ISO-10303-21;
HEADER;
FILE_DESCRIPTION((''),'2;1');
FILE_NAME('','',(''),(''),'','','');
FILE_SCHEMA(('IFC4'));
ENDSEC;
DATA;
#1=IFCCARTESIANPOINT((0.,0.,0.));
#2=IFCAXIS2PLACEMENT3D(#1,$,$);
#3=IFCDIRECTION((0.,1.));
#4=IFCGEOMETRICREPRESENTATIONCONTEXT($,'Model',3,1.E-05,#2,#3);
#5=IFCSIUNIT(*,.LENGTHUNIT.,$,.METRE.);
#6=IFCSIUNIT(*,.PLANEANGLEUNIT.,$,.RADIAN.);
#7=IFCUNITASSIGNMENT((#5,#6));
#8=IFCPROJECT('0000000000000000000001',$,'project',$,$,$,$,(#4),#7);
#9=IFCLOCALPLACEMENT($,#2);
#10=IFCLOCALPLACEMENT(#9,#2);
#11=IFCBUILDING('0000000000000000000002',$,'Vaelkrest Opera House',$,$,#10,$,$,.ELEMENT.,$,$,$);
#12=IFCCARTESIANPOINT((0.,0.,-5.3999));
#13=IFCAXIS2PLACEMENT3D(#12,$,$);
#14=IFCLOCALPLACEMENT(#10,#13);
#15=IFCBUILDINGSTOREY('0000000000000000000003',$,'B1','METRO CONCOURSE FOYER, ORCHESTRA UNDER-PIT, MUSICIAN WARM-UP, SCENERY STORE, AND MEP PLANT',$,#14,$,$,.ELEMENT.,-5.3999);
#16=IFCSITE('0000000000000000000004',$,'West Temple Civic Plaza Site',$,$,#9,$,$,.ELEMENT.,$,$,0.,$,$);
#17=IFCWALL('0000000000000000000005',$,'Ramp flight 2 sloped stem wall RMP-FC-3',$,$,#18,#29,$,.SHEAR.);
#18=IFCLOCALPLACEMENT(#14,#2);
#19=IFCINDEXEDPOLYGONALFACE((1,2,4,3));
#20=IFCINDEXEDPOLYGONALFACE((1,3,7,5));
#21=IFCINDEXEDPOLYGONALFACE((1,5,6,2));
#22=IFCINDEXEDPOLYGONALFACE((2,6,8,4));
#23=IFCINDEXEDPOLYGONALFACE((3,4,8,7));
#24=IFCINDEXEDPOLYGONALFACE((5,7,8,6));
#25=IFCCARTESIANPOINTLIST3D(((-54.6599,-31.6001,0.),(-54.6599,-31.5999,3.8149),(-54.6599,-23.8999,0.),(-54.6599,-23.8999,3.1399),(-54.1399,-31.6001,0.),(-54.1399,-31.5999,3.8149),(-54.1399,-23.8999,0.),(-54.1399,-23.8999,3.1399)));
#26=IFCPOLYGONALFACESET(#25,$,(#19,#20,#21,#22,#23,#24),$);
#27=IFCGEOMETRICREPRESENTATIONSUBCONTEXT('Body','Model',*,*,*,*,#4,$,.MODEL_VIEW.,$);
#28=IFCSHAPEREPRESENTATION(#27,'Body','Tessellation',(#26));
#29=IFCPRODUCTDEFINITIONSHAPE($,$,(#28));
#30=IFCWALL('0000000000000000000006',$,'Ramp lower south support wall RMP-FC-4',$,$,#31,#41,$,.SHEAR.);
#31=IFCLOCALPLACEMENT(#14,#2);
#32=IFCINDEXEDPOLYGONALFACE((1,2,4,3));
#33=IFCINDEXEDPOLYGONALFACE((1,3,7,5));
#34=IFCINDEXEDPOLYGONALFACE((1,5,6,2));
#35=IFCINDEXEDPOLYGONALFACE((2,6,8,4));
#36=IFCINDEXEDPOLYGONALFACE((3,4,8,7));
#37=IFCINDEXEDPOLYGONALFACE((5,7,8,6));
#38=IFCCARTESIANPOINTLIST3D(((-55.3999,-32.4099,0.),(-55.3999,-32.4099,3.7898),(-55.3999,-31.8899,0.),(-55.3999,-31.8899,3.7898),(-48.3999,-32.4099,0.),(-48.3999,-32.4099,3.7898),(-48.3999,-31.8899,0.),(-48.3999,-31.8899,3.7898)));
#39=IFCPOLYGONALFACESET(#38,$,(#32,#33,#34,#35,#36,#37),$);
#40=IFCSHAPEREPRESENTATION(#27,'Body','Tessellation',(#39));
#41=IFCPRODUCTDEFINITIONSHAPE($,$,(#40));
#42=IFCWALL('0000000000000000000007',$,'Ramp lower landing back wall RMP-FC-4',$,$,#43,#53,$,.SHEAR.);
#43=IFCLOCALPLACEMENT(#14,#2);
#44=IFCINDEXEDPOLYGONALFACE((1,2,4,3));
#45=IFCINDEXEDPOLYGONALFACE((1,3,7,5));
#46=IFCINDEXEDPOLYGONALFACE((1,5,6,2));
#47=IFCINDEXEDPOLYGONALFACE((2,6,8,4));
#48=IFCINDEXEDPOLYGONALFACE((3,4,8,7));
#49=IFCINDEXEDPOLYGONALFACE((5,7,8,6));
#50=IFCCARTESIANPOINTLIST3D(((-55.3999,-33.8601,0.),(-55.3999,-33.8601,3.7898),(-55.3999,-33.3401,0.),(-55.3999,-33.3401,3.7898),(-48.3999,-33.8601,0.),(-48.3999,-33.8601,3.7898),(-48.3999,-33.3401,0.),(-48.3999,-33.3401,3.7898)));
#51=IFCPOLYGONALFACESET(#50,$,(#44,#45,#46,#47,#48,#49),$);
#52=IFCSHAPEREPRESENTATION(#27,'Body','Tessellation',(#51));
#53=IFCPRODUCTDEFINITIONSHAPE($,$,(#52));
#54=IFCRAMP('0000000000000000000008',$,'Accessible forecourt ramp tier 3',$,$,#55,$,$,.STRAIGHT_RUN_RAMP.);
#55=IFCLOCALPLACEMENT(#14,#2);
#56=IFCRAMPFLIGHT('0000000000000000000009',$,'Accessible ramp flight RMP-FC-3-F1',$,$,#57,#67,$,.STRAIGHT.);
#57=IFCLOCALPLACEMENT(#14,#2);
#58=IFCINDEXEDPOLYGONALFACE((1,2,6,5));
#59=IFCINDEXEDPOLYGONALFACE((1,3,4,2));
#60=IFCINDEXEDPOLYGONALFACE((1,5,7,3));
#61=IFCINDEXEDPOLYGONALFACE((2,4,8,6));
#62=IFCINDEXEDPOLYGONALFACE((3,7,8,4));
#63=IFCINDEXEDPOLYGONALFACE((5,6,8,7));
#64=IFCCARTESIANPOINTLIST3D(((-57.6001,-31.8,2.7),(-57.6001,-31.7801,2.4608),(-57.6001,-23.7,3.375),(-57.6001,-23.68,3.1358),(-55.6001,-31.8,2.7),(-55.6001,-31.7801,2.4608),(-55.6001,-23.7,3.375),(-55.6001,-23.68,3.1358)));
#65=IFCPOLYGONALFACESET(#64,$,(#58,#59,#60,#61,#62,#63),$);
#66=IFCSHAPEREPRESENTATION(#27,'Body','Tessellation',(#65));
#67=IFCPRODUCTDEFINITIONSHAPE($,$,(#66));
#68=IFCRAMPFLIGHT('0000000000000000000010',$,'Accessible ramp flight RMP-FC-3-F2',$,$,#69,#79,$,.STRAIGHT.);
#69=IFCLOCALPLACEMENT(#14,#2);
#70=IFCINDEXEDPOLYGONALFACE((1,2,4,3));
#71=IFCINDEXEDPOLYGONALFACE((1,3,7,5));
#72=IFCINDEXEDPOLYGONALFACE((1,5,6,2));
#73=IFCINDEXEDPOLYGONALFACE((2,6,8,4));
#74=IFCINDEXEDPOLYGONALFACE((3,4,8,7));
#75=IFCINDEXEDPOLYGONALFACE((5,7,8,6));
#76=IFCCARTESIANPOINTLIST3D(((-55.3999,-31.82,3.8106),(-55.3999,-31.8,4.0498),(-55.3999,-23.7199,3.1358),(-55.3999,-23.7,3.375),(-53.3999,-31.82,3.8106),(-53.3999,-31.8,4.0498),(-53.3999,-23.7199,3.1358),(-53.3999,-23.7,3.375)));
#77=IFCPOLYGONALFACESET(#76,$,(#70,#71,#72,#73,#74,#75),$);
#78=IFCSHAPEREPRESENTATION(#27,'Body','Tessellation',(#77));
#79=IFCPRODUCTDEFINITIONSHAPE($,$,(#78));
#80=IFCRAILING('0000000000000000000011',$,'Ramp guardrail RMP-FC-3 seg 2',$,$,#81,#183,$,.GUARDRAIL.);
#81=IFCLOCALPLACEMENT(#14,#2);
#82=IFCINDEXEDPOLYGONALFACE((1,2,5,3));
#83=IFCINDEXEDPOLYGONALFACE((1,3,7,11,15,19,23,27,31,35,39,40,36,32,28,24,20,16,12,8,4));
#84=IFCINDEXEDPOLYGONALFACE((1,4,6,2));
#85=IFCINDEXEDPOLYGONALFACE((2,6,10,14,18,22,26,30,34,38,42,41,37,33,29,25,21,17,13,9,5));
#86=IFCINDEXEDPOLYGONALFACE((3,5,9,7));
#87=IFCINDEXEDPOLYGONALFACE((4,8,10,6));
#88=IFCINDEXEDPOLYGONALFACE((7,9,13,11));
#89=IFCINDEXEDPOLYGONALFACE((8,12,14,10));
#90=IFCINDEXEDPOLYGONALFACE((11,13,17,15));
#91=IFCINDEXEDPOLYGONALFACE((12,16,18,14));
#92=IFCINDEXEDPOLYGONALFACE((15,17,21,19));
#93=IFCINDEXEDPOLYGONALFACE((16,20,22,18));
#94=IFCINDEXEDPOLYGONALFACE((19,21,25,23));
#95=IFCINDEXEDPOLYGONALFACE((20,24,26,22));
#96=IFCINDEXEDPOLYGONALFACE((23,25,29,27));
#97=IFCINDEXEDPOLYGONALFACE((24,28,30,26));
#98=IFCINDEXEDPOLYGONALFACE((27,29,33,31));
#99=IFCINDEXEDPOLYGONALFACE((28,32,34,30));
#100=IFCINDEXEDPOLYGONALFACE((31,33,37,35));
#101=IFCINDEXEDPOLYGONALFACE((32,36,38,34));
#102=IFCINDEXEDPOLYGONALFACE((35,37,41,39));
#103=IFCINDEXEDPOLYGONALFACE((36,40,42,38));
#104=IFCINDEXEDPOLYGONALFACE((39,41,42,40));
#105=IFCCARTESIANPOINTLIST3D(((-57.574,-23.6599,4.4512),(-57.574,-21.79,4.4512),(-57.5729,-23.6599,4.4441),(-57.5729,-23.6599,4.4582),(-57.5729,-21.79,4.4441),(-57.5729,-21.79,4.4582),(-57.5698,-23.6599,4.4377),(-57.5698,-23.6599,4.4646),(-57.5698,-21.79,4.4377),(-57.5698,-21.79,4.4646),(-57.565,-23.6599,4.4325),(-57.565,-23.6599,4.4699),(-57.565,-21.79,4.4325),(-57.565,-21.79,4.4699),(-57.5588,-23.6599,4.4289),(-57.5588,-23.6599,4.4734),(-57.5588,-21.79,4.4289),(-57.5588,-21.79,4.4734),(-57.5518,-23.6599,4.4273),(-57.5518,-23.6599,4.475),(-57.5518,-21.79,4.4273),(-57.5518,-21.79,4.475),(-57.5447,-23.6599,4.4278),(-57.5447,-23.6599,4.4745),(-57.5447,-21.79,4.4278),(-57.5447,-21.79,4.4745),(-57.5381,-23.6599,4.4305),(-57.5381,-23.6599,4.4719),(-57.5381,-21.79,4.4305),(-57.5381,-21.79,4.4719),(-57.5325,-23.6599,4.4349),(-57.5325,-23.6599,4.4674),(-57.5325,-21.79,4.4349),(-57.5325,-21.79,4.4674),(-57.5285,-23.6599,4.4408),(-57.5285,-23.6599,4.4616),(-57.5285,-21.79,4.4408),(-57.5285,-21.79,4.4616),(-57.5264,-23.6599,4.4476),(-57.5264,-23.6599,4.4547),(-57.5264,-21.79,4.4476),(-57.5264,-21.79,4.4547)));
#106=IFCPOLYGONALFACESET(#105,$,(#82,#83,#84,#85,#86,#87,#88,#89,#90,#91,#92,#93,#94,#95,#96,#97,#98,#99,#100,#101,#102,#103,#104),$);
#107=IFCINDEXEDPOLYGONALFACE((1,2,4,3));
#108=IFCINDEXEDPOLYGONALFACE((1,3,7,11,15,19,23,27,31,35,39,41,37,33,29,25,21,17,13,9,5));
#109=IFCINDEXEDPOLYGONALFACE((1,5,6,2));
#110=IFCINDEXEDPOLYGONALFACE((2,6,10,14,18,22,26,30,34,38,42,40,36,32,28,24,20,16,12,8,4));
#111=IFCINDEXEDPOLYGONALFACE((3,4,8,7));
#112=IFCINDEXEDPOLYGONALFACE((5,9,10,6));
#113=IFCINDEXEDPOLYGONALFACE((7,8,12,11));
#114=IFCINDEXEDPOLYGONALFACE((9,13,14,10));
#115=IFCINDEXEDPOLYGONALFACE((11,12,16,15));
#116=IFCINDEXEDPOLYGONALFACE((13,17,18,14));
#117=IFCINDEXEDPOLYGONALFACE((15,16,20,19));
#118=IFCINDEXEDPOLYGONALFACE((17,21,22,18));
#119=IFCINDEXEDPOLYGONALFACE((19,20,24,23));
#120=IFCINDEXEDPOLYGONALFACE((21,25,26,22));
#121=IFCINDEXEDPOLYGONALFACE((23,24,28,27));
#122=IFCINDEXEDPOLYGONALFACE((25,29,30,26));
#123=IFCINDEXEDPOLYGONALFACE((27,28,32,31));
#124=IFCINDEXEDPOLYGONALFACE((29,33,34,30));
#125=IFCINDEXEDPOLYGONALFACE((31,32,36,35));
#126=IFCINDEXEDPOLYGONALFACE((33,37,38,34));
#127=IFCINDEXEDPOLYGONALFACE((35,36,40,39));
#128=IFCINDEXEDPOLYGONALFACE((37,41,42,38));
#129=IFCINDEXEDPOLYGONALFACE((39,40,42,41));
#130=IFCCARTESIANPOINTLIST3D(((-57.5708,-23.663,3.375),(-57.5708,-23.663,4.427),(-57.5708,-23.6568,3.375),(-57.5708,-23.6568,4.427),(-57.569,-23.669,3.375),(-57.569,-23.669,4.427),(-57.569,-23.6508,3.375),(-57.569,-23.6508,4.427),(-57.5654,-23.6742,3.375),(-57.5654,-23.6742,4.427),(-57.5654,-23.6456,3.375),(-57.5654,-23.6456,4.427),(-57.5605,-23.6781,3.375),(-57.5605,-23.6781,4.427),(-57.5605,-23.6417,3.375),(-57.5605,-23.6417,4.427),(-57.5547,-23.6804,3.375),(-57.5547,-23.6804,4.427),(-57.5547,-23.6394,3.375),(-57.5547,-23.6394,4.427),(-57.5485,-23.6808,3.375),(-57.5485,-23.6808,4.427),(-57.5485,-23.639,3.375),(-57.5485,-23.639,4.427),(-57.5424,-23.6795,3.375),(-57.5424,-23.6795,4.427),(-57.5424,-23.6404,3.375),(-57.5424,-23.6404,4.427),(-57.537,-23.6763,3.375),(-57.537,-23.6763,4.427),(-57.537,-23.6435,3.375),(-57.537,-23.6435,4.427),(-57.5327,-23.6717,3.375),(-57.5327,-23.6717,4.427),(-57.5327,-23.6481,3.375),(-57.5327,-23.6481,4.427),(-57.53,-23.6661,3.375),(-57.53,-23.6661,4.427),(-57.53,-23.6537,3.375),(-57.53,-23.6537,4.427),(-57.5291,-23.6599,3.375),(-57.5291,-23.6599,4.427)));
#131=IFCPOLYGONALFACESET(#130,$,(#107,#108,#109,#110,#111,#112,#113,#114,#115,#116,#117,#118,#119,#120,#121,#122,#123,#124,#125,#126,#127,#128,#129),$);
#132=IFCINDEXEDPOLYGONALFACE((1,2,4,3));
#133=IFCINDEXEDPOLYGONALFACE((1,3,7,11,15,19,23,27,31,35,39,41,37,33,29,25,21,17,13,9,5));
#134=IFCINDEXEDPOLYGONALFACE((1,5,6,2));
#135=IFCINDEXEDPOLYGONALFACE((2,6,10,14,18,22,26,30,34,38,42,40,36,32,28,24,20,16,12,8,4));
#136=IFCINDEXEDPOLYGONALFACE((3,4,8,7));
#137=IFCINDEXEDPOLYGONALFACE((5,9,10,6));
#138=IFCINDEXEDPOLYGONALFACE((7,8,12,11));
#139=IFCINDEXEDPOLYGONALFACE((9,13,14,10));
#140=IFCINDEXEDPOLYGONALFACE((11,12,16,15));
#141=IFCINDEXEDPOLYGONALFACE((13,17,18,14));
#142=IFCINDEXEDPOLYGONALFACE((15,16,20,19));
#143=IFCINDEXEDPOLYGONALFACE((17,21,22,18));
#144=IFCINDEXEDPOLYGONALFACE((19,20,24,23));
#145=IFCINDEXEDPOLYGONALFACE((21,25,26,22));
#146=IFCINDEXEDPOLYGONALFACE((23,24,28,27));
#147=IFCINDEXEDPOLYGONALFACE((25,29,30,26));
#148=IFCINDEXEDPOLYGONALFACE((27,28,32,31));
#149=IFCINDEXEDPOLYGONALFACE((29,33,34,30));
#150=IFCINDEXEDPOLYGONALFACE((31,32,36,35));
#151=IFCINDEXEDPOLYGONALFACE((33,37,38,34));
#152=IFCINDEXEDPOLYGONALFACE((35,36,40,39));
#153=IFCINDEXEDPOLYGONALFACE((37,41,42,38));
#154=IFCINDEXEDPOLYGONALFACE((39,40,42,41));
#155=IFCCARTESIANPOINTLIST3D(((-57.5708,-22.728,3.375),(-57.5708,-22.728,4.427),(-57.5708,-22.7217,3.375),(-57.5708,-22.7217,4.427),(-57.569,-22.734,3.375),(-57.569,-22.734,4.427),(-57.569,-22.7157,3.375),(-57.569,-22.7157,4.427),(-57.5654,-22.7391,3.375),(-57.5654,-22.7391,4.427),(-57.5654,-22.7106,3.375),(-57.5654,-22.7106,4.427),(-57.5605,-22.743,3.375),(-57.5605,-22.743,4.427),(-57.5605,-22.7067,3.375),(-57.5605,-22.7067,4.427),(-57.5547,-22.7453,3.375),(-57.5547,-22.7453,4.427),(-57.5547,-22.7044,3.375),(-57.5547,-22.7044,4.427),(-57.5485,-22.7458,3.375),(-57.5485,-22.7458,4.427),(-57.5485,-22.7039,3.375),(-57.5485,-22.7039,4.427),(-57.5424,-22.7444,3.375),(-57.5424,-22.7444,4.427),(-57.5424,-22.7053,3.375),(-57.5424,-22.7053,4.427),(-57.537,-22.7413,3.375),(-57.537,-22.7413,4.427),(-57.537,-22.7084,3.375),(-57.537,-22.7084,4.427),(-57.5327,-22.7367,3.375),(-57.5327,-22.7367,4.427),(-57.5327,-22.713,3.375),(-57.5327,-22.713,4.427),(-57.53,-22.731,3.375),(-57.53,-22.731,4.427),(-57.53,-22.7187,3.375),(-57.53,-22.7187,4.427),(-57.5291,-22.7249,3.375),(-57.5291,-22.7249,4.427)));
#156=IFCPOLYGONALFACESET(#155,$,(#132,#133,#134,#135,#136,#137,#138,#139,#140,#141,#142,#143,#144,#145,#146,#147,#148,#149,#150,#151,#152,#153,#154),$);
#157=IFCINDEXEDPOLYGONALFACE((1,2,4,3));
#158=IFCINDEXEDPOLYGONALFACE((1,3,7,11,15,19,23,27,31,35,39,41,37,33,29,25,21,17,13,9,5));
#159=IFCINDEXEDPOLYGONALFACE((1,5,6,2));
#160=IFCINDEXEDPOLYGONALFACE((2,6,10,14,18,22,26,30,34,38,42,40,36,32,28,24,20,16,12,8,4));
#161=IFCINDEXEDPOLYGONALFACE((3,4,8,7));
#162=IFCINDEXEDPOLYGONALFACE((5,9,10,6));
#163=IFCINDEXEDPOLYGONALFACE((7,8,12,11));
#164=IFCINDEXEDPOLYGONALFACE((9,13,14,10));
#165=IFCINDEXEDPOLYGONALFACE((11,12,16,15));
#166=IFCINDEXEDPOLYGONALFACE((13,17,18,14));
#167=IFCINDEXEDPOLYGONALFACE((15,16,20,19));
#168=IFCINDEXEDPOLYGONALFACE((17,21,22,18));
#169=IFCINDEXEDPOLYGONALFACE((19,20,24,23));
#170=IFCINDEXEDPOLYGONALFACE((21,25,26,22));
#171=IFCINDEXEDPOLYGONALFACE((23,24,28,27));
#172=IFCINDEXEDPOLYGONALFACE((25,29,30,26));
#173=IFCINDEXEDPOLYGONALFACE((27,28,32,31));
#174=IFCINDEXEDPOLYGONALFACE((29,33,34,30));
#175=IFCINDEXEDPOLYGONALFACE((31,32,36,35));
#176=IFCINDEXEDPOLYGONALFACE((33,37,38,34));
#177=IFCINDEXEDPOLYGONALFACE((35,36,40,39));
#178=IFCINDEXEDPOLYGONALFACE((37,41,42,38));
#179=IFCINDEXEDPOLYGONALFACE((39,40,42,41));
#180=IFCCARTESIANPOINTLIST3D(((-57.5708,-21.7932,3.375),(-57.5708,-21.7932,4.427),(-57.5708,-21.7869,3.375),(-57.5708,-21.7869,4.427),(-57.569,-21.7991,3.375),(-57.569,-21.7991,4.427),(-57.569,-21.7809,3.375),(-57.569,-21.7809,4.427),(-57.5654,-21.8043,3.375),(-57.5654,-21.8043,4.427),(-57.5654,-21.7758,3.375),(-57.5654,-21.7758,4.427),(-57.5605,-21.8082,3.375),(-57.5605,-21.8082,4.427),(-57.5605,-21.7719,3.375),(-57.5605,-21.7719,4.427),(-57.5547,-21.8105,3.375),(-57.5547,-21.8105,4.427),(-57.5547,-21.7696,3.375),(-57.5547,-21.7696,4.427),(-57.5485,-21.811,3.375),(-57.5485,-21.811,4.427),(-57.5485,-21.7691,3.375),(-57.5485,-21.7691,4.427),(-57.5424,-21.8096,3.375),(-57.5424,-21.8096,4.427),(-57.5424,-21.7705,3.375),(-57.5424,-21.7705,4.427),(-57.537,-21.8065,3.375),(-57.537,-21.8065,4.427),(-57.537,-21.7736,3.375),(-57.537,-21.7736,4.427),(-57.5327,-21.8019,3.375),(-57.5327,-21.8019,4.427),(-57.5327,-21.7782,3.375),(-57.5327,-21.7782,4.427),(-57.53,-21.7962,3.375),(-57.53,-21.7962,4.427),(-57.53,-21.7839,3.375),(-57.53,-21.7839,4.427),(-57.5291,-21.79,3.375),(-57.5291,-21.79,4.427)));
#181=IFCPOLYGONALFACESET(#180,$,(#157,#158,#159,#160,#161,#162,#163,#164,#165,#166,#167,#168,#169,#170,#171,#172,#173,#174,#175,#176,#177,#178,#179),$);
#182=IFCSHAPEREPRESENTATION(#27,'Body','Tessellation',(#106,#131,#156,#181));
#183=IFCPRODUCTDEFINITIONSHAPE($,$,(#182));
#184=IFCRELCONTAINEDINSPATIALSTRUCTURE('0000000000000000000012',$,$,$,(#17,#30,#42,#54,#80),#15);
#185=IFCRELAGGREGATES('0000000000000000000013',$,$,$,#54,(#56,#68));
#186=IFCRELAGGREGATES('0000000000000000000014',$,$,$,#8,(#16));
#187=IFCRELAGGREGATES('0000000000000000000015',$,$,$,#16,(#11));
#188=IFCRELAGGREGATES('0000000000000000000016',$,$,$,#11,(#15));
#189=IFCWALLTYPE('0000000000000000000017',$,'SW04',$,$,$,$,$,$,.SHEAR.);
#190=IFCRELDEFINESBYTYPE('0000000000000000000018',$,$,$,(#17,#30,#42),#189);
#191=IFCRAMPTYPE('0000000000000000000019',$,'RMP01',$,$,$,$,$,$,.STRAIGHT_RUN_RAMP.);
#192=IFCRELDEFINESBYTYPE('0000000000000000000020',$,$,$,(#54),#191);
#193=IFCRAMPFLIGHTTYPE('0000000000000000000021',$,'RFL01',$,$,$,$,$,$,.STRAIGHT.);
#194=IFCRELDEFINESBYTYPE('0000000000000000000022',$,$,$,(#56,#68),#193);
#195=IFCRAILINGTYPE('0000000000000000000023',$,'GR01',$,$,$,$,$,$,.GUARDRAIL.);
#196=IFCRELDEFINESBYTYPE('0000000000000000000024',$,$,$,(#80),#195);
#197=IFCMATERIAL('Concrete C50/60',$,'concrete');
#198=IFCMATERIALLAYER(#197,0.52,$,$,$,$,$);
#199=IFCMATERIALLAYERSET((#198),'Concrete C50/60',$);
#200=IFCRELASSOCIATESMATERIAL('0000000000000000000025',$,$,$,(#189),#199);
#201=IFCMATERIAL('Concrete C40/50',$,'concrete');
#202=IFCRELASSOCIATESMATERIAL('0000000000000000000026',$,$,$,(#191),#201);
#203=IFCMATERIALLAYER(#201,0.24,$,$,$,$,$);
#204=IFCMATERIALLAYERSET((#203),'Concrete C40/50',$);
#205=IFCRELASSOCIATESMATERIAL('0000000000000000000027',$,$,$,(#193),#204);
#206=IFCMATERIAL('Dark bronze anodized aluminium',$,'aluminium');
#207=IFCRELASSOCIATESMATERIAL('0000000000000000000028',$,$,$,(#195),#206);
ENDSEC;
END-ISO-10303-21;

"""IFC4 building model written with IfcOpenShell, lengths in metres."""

from ifc_helpers import new_model, si_unit, direction, frame, frame_2d, origin, origin_2d, place, context, subcontext, project, spatial, polyline, rectangle, circle, outline, extrude, material, layer, layer_set, type_object, element, aggregate, save


model = new_model("IFC4")

# Units and contexts
model_context = context("Model", 3, precision=1e-05, world=origin(), true_north=direction((0.0, 1.0)))
body_context = subcontext(model_context, "Body", "Model", "MODEL_VIEW")
ifc_project = project(units=[si_unit("LENGTHUNIT", "METRE"), si_unit("PLANEANGLEUNIT", "RADIAN")], contexts=[model_context])

# Site, building, storey
site_placement = place(None, origin())
site = spatial("IfcSite", under=ifc_project, at=site_placement, Name="West Temple Civic Plaza Site", CompositionType="ELEMENT", RefElevation=0.0)
building_placement = place(site_placement, origin())
building = spatial("IfcBuilding", under=site, at=building_placement, Name="Vaelkrest Opera House", CompositionType="ELEMENT")
storey_placement = place(building_placement, frame((0.0, 0.0, -5.3999)))
storey = spatial("IfcBuildingStorey", under=building, at=storey_placement, Name="B1", Description="METRO CONCOURSE FOYER, ORCHESTRA UNDER-PIT, MUSICIAN WARM-UP, SCENERY STORE, AND MEP PLANT", CompositionType="ELEMENT", Elevation=-5.3999)

# Shared definitions
ifc_material_1 = material(Name="Concrete C40/50", Category="concrete")

# Shared definitions
ifc_material_2 = material(Name="Dark bronze anodized aluminium", Category="aluminium")

# Walls
ifc_material_3 = material(Name="Concrete C50/60", Category="concrete")
ifc_layer_1 = layer(ifc_material_3, 0.52)
ifc_layer_set_1 = layer_set([ifc_layer_1], Name="Concrete C50/60")
wall_type = type_object("IfcWallType", Name="SW04", PredefinedType="SHEAR", material=ifc_layer_set_1)
wall_1_placement = place(storey_placement, frame((-54.3999, -23.8999, 0.0), z_axis=(0.0, 0.0, 1.0), x_axis=(0.0, -1.0, 0.0)))
element("IfcWall", 1, at=wall_1_placement, inside=storey, type_object=wall_type, Name="Ramp flight 2 sloped stem wall RMP-FC-3", PredefinedType="SHEAR", context=body_context, shape_type="SweptSolid", body=[
    extrude(outline(polyline([(0.0, 0.0), (7.7002, 0.0), (7.7, 3.8149), (0.0, 3.1399), (0.0, 0.0)])), frame((0.0, 0.26, 0.0), z_axis=(0.0, -1.0, 0.0), x_axis=(1.0, 0.0, 0.0)), (0.0, 0.0, 1.0), 0.52),
])
for number, where, z_axis, x_axis, name in (
    (2, (-55.3999, -32.1499, 0.0), (0.0, 0.0, 1.0), (1.0, 0.0, 0.0), "Ramp lower south support wall RMP-FC-4"),
    (3, (-55.3999, -33.6001, 0.0), (0.0, 0.0, 1.0), (1.0, 0.0, 0.0), "Ramp lower landing back wall RMP-FC-4"),
):
    element("IfcWall", number, at=place(storey_placement, frame(where, z_axis=z_axis, x_axis=x_axis)), inside=storey, type_object=wall_type, Name=name, PredefinedType="SHEAR", context=body_context, shape_type="SweptSolid", body=[
        extrude(rectangle(XDim=7.0, YDim=0.52, at=frame_2d((3.5, 0.0))), origin(), (0.0, 0.0, 1.0), 3.7898),
    ])

# Ramp, ramp flights
ramp_type = type_object("IfcRampType", Name="RMP01", PredefinedType="STRAIGHT_RUN_RAMP", material=ifc_material_1)
ramp_placement = place(storey_placement, origin())
ramp = element("IfcRamp", 4, at=ramp_placement, inside=storey, type_object=ramp_type, Name="Accessible forecourt ramp tier 3", PredefinedType="STRAIGHT_RUN_RAMP")
ifc_layer_2 = layer(ifc_material_1, 0.24)
ifc_layer_set_2 = layer_set([ifc_layer_2], Name="Concrete C40/50")
ramp_flight_type = type_object("IfcRampFlightType", Name="RFL01", PredefinedType="STRAIGHT", material=ifc_layer_set_2)
ramp_flight_1_placement = place(storey_placement, frame((-57.6001, -31.8, 2.7), z_axis=(0.0, -0.08305, 0.996545), x_axis=(1.0, 0.0, 0.0)))
ramp_flight_1 = element("IfcRampFlight", 5, at=ramp_flight_1_placement, type_object=ramp_flight_type, Name="Accessible ramp flight RMP-FC-3-F1", PredefinedType="STRAIGHT", context=body_context, shape_type="SweptSolid", body=[
    extrude(outline(polyline([(0.0, 0.0), (2.0, 0.0), (2.0, 8.1282), (0.0, 8.1282), (0.0, 0.0)])), origin(), (0.0, 0.0, -1.0), 0.24),
])
ramp_flight_2_placement = place(storey_placement, frame((-55.3999, -23.7, 3.375), z_axis=(0.0, 0.083021, 0.996548), x_axis=(1.0, 0.0, 0.0)))
ramp_flight_2 = element("IfcRampFlight", 6, at=ramp_flight_2_placement, type_object=ramp_flight_type, Name="Accessible ramp flight RMP-FC-3-F2", PredefinedType="STRAIGHT", context=body_context, shape_type="SweptSolid", body=[
    extrude(outline(polyline([(0.0, 0.0), (2.0, 0.0), (2.0, -8.1282), (0.0, -8.1282), (0.0, 0.0)])), origin(), (0.0, 0.0, -1.0), 0.24),
])
aggregate(ramp, [ramp_flight_1, ramp_flight_2])

# Railing
railing_type = type_object("IfcRailingType", Name="GR01", PredefinedType="GUARDRAIL", material=ifc_material_2)
railing_1_placement = place(storey_placement, frame((-57.55, -23.6599, 3.375)))
element("IfcRailing", 7, at=railing_1_placement, inside=storey, type_object=railing_type, Name="Ramp guardrail RMP-FC-3 seg 2", PredefinedType="GUARDRAIL", context=body_context, shape_type="SweptSolid", body=[
    extrude(circle(Radius=0.0239, at=origin_2d()), frame((0.0, 0.0, 1.0762), z_axis=(0.0, 1.0, 0.0), x_axis=(-1.0, 0.0, 0.0)), (0.0, 0.0, 1.0), 1.8699),
    extrude(circle(Radius=0.021, at=origin_2d()), origin(), (0.0, 0.0, 1.0), 1.052),
    extrude(circle(Radius=0.021, at=origin_2d()), frame((0.0, 0.9351, 0.0)), (0.0, 0.0, 1.0), 1.052),
    extrude(circle(Radius=0.021, at=origin_2d()), frame((0.0, 1.8699, 0.0)), (0.0, 0.0, 1.0), 1.052),
])

save(model, "model.ifc")
